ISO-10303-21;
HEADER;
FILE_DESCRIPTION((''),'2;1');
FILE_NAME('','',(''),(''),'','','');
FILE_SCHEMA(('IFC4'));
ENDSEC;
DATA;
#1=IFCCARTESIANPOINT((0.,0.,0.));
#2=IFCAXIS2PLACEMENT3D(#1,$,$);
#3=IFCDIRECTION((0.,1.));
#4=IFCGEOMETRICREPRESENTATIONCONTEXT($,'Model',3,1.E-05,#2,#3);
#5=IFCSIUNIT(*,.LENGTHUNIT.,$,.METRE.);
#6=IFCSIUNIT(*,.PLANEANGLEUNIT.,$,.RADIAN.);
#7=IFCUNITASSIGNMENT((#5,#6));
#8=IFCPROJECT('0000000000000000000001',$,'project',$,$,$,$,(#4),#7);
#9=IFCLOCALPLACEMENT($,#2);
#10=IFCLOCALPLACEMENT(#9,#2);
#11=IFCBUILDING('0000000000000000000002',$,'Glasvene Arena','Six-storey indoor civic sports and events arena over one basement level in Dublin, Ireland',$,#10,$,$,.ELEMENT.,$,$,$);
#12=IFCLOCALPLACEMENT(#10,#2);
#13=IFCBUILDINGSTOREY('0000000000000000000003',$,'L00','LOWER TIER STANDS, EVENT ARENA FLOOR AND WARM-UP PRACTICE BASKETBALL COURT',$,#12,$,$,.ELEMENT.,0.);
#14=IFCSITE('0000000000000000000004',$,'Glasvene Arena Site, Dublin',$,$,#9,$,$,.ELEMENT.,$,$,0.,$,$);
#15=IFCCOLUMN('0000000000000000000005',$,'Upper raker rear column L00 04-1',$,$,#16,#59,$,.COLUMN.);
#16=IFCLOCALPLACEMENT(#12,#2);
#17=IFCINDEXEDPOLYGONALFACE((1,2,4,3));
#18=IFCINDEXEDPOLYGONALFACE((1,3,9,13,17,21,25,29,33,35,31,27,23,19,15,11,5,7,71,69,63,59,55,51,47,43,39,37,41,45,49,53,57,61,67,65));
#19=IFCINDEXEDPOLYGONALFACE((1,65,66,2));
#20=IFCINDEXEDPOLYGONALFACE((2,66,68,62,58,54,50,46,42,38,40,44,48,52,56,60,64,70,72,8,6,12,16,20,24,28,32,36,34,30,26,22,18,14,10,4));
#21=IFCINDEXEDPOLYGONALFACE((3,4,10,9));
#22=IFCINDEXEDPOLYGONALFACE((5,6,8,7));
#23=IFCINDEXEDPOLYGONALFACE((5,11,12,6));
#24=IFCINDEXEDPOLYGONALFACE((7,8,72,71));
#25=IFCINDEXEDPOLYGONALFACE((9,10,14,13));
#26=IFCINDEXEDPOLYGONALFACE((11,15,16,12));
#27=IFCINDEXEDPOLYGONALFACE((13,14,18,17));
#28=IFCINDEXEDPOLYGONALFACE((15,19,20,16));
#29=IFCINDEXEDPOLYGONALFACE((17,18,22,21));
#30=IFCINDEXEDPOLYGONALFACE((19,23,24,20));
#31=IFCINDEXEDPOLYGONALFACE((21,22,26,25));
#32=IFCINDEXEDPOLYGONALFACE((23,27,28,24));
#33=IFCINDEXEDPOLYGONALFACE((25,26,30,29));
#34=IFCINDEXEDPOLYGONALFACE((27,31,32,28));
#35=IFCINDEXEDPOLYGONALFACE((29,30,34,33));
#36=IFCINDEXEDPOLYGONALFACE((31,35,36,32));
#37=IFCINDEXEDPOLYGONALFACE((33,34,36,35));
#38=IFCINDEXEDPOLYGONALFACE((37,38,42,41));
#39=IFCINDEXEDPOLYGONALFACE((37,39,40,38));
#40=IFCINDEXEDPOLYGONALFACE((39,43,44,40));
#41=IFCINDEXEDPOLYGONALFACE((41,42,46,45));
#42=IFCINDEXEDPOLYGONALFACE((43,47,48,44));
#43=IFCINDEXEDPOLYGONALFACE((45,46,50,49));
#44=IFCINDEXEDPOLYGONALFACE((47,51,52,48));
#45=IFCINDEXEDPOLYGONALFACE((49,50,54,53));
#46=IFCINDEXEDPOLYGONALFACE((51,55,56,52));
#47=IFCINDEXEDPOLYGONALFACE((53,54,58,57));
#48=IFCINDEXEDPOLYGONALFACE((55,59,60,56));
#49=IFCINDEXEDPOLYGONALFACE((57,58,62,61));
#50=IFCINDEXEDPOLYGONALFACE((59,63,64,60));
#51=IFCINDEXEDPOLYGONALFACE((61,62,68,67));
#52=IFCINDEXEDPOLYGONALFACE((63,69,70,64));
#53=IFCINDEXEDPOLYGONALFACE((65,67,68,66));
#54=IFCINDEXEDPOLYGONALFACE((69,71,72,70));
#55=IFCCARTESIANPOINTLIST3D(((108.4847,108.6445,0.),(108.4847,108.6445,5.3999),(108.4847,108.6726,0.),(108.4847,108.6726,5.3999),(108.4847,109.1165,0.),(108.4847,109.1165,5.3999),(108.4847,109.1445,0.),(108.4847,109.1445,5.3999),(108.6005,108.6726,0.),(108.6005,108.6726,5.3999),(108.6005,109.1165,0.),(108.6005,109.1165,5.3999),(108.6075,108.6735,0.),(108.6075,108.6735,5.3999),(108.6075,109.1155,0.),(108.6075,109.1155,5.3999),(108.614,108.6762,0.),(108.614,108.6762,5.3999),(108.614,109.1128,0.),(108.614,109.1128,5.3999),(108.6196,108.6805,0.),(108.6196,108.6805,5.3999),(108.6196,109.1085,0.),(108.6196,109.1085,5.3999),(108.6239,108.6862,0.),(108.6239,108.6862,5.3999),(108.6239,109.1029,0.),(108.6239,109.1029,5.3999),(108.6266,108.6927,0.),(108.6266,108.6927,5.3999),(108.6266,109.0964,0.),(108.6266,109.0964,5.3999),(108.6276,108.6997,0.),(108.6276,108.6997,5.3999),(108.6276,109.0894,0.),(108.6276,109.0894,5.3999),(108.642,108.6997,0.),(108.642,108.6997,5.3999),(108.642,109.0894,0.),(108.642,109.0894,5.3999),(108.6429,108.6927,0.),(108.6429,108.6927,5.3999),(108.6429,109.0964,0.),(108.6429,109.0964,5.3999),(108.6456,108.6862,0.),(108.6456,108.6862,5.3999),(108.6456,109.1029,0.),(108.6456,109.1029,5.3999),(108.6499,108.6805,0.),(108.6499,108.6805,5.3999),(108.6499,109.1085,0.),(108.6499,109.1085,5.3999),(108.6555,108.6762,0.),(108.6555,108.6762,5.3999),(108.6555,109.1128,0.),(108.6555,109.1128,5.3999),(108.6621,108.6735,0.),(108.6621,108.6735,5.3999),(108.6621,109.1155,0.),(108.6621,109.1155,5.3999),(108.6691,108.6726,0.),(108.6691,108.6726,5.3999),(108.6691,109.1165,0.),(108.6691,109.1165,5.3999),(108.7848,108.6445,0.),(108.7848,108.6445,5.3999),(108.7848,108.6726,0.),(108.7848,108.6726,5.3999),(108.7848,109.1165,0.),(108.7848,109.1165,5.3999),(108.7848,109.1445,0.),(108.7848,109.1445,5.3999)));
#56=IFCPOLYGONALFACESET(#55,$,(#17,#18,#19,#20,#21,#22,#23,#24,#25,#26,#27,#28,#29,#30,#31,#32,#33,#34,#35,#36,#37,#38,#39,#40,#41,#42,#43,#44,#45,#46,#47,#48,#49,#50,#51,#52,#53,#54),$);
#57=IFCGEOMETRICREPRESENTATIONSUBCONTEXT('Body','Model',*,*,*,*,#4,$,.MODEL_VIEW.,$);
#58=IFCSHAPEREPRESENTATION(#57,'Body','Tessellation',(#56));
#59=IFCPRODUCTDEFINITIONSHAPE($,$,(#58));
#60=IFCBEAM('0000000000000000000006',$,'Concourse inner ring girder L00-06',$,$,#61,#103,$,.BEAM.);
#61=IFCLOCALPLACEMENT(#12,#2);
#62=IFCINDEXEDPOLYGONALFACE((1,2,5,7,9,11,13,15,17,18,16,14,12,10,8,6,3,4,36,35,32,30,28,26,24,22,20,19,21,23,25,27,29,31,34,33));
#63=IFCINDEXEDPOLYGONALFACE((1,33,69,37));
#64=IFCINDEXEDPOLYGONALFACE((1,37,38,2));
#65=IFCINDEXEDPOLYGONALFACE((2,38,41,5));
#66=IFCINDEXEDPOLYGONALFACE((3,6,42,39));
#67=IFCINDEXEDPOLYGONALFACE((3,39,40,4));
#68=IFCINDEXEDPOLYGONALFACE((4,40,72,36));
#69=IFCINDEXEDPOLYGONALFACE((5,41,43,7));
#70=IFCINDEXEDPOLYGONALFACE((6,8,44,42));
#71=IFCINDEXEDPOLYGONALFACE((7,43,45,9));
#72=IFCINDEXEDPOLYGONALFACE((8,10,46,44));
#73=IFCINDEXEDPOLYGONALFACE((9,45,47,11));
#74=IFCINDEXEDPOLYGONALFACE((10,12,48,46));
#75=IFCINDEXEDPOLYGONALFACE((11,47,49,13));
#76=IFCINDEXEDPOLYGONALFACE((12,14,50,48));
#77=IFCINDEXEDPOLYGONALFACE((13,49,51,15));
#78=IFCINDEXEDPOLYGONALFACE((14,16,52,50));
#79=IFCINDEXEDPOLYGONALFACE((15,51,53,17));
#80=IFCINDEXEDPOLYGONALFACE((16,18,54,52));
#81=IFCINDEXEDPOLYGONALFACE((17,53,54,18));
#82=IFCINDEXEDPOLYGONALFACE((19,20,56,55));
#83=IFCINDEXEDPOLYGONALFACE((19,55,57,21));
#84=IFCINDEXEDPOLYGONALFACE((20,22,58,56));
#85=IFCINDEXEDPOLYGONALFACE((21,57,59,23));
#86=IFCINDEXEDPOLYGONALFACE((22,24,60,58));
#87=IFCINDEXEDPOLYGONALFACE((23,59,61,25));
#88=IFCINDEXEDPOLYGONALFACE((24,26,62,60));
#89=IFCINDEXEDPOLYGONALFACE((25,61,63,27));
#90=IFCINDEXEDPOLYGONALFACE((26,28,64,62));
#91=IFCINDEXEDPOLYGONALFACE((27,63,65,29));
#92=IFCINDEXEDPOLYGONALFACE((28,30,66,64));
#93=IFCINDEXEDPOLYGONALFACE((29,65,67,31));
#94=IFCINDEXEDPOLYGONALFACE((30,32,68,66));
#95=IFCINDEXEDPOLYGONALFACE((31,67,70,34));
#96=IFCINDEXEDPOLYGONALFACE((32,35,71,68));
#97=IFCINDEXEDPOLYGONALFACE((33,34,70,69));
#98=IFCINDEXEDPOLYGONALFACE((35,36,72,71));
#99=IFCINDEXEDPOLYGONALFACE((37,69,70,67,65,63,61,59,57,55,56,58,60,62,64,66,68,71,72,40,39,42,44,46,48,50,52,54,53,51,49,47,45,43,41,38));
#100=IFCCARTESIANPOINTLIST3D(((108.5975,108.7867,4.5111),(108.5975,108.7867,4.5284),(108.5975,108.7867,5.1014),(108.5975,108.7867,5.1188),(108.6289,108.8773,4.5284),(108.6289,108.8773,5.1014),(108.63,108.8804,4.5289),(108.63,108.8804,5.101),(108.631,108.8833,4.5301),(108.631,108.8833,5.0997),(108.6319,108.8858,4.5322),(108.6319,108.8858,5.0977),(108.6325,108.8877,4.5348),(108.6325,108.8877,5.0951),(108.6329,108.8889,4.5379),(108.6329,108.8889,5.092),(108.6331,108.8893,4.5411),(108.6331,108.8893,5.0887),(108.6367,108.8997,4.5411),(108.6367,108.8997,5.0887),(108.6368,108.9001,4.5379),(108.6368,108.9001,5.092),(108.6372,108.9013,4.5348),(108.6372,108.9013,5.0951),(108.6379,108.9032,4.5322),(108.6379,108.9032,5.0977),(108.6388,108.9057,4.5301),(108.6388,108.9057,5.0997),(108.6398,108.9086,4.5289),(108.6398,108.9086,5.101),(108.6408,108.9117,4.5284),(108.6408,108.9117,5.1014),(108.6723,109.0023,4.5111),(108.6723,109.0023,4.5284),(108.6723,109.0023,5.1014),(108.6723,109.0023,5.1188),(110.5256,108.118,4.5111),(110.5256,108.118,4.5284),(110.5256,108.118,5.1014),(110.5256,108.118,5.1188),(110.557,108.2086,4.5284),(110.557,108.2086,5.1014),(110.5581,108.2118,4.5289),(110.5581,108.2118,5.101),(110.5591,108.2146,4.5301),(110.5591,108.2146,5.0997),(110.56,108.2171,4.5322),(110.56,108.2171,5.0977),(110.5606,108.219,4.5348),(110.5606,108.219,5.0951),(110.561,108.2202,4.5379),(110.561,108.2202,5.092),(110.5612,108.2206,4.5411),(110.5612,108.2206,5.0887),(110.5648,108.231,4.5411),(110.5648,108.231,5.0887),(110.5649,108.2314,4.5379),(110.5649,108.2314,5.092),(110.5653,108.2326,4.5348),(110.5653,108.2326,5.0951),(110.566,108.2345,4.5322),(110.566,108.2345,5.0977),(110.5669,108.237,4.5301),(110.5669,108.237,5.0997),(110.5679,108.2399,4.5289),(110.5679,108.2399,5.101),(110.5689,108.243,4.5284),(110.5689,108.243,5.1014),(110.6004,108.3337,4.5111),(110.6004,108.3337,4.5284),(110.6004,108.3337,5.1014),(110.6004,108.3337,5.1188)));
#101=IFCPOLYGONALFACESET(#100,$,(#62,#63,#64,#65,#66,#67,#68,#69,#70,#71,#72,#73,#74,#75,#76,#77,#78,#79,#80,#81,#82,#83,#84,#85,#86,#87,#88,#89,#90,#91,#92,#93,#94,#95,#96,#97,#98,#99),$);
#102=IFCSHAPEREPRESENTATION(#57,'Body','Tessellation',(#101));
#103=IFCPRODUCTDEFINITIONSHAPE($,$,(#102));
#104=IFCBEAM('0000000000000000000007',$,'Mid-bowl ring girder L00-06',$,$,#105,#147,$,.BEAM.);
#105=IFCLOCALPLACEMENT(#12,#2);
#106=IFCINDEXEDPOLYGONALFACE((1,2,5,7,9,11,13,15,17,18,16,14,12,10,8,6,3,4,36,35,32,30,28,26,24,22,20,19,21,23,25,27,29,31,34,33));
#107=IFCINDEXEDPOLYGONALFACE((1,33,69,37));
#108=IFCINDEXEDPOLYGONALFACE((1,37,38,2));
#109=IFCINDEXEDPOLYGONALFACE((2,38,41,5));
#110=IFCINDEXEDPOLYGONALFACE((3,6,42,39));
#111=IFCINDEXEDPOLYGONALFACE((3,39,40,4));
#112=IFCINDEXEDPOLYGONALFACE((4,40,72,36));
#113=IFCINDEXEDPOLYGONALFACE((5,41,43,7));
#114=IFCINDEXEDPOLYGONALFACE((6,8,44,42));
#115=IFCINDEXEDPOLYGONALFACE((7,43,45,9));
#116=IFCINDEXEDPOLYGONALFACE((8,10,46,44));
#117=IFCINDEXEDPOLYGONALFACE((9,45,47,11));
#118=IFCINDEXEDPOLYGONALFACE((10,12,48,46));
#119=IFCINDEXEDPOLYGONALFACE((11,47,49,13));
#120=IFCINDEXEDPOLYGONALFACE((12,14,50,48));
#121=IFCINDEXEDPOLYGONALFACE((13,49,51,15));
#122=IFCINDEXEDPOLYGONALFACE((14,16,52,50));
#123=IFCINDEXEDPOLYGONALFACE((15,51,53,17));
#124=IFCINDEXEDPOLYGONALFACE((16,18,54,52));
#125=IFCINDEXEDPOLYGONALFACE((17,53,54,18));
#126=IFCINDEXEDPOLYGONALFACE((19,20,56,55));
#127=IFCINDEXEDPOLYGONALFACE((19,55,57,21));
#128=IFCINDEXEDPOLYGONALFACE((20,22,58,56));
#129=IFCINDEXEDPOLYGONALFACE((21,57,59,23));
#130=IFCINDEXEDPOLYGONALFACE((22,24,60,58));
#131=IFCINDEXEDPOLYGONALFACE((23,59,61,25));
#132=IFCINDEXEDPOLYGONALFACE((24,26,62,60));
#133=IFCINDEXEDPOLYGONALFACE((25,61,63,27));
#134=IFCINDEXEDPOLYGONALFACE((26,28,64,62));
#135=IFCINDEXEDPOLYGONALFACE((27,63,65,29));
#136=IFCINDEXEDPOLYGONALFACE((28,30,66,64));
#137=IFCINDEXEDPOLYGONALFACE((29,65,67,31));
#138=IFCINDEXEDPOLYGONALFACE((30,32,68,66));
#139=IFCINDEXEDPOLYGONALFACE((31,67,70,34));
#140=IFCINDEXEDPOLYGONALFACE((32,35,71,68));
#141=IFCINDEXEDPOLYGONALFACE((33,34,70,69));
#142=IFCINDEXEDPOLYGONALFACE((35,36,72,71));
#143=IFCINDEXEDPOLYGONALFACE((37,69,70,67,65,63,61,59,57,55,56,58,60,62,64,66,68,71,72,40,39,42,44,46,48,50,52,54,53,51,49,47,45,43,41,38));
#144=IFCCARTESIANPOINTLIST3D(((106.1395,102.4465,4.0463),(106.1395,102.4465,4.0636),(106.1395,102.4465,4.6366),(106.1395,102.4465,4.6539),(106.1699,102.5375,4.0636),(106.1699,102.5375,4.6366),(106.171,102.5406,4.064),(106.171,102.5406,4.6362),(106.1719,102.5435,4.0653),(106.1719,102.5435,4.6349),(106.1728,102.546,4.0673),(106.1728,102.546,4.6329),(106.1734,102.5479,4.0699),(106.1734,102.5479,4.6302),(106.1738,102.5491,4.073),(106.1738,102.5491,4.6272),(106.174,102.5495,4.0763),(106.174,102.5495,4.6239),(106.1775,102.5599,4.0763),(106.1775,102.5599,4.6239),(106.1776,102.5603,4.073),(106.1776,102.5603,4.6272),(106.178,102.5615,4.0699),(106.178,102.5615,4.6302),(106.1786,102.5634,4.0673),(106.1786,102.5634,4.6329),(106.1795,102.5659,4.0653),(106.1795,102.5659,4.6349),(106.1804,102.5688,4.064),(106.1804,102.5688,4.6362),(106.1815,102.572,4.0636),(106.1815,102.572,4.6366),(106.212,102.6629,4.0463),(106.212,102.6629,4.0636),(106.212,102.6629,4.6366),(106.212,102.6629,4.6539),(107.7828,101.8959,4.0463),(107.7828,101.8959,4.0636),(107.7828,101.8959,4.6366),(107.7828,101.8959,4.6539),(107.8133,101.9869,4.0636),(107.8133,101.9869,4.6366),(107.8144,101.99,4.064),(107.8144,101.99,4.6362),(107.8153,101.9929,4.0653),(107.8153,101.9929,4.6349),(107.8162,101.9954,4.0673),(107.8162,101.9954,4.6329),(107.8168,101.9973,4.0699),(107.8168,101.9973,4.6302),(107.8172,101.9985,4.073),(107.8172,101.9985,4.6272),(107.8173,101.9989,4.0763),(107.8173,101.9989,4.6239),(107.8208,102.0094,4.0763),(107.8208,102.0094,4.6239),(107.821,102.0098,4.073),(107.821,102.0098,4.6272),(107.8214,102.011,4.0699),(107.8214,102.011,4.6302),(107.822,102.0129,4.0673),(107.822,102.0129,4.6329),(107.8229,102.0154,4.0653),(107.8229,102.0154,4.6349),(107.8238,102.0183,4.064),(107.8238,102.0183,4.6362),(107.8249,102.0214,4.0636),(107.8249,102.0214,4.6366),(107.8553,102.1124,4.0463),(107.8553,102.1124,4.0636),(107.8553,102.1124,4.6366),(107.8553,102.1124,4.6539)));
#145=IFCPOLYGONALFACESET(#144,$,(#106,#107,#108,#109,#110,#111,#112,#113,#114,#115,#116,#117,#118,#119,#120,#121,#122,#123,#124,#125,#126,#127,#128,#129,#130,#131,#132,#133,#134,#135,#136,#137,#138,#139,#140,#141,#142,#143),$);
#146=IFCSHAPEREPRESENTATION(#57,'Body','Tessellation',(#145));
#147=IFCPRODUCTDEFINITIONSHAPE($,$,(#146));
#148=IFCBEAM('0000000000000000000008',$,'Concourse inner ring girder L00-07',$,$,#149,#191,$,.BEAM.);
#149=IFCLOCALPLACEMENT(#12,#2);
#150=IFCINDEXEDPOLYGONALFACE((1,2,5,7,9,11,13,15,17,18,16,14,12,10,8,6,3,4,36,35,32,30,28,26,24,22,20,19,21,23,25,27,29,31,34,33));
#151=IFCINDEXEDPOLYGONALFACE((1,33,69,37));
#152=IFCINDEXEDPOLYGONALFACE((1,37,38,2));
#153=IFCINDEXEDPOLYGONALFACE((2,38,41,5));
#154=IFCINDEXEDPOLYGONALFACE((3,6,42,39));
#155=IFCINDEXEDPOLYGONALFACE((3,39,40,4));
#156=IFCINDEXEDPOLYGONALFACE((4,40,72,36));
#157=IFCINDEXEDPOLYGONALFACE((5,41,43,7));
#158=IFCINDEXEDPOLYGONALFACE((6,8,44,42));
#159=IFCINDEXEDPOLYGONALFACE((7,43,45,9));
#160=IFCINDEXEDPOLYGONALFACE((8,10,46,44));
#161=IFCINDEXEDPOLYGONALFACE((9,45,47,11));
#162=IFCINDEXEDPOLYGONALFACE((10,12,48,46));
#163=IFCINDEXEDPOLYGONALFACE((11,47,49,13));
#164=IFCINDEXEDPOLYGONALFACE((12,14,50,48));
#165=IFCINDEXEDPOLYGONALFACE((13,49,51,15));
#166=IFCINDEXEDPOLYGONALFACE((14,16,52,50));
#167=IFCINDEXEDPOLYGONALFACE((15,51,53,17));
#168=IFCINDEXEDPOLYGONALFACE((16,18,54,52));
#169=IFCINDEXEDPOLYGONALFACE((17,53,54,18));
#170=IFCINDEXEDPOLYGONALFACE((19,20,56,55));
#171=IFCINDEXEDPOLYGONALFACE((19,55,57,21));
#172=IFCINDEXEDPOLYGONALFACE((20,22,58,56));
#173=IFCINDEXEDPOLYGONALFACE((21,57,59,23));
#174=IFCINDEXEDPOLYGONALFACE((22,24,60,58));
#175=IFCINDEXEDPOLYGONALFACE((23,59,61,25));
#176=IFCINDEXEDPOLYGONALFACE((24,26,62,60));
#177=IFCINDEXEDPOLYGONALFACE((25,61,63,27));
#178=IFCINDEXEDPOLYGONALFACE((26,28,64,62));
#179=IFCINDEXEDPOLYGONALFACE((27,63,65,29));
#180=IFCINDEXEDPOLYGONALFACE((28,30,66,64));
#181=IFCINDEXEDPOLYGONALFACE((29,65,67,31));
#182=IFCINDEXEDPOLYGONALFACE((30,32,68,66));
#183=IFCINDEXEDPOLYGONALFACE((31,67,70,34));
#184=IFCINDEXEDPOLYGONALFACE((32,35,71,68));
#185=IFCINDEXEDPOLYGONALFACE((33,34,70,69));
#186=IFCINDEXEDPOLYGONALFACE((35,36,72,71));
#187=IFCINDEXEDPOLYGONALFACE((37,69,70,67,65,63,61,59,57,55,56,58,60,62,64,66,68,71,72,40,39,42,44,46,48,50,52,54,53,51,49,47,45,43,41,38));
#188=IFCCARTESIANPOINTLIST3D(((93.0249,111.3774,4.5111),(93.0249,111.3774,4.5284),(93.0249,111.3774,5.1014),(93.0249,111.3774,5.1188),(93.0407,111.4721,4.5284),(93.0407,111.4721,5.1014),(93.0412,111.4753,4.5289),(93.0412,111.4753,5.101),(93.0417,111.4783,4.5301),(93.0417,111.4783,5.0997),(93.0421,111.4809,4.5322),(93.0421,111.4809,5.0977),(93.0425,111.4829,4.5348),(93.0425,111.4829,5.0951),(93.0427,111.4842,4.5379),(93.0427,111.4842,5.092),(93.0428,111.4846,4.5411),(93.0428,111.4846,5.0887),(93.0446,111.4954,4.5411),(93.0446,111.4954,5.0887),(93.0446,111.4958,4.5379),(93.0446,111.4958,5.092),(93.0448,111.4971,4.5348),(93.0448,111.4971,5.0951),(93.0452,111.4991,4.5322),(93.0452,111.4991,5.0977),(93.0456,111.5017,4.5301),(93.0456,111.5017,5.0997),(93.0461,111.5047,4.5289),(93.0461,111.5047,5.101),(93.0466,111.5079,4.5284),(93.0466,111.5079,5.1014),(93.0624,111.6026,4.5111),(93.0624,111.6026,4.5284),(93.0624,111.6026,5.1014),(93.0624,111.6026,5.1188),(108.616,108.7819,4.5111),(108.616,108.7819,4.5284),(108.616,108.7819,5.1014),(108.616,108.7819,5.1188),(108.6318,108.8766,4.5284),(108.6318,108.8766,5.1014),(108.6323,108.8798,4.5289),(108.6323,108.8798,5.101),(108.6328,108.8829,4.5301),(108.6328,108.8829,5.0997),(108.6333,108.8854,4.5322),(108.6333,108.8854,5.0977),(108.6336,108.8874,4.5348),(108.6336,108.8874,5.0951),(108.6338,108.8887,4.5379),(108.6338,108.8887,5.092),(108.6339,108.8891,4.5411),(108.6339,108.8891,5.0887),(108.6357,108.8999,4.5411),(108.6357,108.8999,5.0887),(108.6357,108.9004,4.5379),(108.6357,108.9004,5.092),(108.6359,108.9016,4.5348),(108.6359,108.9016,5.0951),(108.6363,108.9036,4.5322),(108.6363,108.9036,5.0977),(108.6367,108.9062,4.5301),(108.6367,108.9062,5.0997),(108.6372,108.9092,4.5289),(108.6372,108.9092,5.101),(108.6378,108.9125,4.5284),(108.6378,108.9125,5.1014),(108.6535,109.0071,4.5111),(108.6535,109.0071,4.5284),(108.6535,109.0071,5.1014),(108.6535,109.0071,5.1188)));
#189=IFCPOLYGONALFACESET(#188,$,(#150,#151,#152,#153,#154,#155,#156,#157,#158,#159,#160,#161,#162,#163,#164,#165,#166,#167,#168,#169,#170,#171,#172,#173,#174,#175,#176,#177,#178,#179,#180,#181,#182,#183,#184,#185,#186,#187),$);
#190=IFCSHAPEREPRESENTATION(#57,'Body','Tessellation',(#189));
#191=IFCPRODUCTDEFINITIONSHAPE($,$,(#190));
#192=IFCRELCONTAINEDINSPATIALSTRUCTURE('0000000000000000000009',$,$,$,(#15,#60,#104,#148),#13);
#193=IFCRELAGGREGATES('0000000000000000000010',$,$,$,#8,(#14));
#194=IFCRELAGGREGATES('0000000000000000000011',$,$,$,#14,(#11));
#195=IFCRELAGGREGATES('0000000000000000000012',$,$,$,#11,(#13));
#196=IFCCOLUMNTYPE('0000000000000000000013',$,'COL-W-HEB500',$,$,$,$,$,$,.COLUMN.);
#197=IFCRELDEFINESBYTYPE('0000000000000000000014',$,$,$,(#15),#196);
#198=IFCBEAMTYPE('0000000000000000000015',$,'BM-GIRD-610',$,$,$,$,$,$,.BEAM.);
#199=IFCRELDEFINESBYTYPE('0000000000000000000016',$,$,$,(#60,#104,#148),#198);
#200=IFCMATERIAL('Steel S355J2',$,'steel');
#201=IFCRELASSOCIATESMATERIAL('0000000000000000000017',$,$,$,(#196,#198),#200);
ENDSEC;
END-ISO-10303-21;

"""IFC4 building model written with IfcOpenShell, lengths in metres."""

from ifc_helpers import new_model, si_unit, direction, frame, origin, origin_2d, place, context, subcontext, project, spatial, i_section, extrude, material, material_profile, profile_set, type_object, element, save


model = new_model("IFC4")

# Units and contexts
model_context = context("Model", 3, precision=1e-05, world=origin(), true_north=direction((0.0, 1.0)))
body_context = subcontext(model_context, "Body", "Model", "MODEL_VIEW")
ifc_project = project(units=[si_unit("LENGTHUNIT", "METRE"), si_unit("PLANEANGLEUNIT", "RADIAN")], contexts=[model_context])

# Site, building, storey
site_placement = place(None, origin())
site = spatial("IfcSite", under=ifc_project, at=site_placement, Name="Glasvene Arena Site, Dublin", CompositionType="ELEMENT", RefElevation=0.0)
building_placement = place(site_placement, origin())
building = spatial("IfcBuilding", under=site, at=building_placement, Name="Glasvene Arena", Description="Six-storey indoor civic sports and events arena over one basement level in Dublin, Ireland", CompositionType="ELEMENT")
storey_placement = place(building_placement, origin())
storey = spatial("IfcBuildingStorey", under=building, at=storey_placement, Name="L00", Description="LOWER TIER STANDS, EVENT ARENA FLOOR AND WARM-UP PRACTICE BASKETBALL COURT", CompositionType="ELEMENT", Elevation=0.0)

# Column
ifc_material_1 = material(Name="Steel S355J2", Category="steel")
ifc_material_profile_1 = material_profile(ifc_material_1, i_section(OverallWidth=0.3, OverallDepth=0.5, WebThickness=0.0144, FlangeThickness=0.0281, FilletRadius=0.0271, at=origin_2d()), Name="HEB 500")
ifc_profile_set_1 = profile_set([ifc_material_profile_1], Name="Steel S355J2")
column_type_1 = type_object("IfcColumnType", Name="COL-W-HEB500", PredefinedType="COLUMN", material=ifc_profile_set_1)
for number, where, z_axis, x_axis, name in (
    (1, (108.6348, 108.8945, 0.0), (0.0, 0.0, 1.0), (1.0, 0.0, 0.0), "Upper raker rear column L00 04-1"),
):
    element("IfcColumn", number, at=place(storey_placement, frame(where, z_axis=z_axis, x_axis=x_axis)), inside=storey, type_object=column_type_1, Name=name, PredefinedType="COLUMN", context=body_context, shape_type="SweptSolid", body=[
        extrude(i_section(OverallWidth=0.3, OverallDepth=0.5, WebThickness=0.0144, FlangeThickness=0.0281, FilletRadius=0.0271, at=origin_2d()), origin(), (0.0, 0.0, 1.0), 5.3999),
    ])

# Beams
ifc_material_profile_2 = material_profile(ifc_material_1, i_section(OverallWidth=0.2283, OverallDepth=0.6077, WebThickness=0.011, FlangeThickness=0.0173, FilletRadius=0.0127, at=origin_2d()), Name="UKB 610x229x113")
ifc_profile_set_2 = profile_set([ifc_material_profile_2], Name="Steel S355J2")
beam_type_1 = type_object("IfcBeamType", Name="BM-GIRD-610", PredefinedType="BEAM", material=ifc_profile_set_2)
beam_1_placement = place(storey_placement, frame((110.563, 108.2258, 4.8149), z_axis=(-0.944798, 0.327653, 0.0), x_axis=(-0.327653, -0.944798, 0.0)))
element("IfcBeam", 2, at=beam_1_placement, inside=storey, type_object=beam_type_1, Name="Concourse inner ring girder L00-06", PredefinedType="BEAM", context=body_context, shape_type="SweptSolid", body=[
    extrude(i_section(OverallWidth=0.2283, OverallDepth=0.6077, WebThickness=0.011, FlangeThickness=0.0173, FilletRadius=0.0127, at=origin_2d()), origin(), (0.0, 0.0, 1.0), 2.0408),
])
beam_2_placement = place(storey_placement, frame((107.8191, 102.0042, 4.3501), z_axis=(-0.948203, 0.317664, 0.0), x_axis=(-0.317664, -0.948203, 0.0)))
element("IfcBeam", 3, at=beam_2_placement, inside=storey, type_object=beam_type_1, Name="Mid-bowl ring girder L00-06", PredefinedType="BEAM", context=body_context, shape_type="SweptSolid", body=[
    extrude(i_section(OverallWidth=0.2283, OverallDepth=0.6077, WebThickness=0.011, FlangeThickness=0.0173, FilletRadius=0.0127, at=origin_2d()), origin(), (0.0, 0.0, 1.0), 1.7332),
])
beam_3_placement = place(storey_placement, frame((108.6348, 108.8945, 4.8149), z_axis=(-0.986425, 0.164211, 0.0), x_axis=(-0.164211, -0.986425, 0.0)))
element("IfcBeam", 4, at=beam_3_placement, inside=storey, type_object=beam_type_1, Name="Concourse inner ring girder L00-07", PredefinedType="BEAM", context=body_context, shape_type="SweptSolid", body=[
    extrude(i_section(OverallWidth=0.2283, OverallDepth=0.6077, WebThickness=0.011, FlangeThickness=0.0173, FilletRadius=0.0127, at=origin_2d()), origin(), (0.0, 0.0, 1.0), 15.8057),
])

save(model, "model.ifc")
